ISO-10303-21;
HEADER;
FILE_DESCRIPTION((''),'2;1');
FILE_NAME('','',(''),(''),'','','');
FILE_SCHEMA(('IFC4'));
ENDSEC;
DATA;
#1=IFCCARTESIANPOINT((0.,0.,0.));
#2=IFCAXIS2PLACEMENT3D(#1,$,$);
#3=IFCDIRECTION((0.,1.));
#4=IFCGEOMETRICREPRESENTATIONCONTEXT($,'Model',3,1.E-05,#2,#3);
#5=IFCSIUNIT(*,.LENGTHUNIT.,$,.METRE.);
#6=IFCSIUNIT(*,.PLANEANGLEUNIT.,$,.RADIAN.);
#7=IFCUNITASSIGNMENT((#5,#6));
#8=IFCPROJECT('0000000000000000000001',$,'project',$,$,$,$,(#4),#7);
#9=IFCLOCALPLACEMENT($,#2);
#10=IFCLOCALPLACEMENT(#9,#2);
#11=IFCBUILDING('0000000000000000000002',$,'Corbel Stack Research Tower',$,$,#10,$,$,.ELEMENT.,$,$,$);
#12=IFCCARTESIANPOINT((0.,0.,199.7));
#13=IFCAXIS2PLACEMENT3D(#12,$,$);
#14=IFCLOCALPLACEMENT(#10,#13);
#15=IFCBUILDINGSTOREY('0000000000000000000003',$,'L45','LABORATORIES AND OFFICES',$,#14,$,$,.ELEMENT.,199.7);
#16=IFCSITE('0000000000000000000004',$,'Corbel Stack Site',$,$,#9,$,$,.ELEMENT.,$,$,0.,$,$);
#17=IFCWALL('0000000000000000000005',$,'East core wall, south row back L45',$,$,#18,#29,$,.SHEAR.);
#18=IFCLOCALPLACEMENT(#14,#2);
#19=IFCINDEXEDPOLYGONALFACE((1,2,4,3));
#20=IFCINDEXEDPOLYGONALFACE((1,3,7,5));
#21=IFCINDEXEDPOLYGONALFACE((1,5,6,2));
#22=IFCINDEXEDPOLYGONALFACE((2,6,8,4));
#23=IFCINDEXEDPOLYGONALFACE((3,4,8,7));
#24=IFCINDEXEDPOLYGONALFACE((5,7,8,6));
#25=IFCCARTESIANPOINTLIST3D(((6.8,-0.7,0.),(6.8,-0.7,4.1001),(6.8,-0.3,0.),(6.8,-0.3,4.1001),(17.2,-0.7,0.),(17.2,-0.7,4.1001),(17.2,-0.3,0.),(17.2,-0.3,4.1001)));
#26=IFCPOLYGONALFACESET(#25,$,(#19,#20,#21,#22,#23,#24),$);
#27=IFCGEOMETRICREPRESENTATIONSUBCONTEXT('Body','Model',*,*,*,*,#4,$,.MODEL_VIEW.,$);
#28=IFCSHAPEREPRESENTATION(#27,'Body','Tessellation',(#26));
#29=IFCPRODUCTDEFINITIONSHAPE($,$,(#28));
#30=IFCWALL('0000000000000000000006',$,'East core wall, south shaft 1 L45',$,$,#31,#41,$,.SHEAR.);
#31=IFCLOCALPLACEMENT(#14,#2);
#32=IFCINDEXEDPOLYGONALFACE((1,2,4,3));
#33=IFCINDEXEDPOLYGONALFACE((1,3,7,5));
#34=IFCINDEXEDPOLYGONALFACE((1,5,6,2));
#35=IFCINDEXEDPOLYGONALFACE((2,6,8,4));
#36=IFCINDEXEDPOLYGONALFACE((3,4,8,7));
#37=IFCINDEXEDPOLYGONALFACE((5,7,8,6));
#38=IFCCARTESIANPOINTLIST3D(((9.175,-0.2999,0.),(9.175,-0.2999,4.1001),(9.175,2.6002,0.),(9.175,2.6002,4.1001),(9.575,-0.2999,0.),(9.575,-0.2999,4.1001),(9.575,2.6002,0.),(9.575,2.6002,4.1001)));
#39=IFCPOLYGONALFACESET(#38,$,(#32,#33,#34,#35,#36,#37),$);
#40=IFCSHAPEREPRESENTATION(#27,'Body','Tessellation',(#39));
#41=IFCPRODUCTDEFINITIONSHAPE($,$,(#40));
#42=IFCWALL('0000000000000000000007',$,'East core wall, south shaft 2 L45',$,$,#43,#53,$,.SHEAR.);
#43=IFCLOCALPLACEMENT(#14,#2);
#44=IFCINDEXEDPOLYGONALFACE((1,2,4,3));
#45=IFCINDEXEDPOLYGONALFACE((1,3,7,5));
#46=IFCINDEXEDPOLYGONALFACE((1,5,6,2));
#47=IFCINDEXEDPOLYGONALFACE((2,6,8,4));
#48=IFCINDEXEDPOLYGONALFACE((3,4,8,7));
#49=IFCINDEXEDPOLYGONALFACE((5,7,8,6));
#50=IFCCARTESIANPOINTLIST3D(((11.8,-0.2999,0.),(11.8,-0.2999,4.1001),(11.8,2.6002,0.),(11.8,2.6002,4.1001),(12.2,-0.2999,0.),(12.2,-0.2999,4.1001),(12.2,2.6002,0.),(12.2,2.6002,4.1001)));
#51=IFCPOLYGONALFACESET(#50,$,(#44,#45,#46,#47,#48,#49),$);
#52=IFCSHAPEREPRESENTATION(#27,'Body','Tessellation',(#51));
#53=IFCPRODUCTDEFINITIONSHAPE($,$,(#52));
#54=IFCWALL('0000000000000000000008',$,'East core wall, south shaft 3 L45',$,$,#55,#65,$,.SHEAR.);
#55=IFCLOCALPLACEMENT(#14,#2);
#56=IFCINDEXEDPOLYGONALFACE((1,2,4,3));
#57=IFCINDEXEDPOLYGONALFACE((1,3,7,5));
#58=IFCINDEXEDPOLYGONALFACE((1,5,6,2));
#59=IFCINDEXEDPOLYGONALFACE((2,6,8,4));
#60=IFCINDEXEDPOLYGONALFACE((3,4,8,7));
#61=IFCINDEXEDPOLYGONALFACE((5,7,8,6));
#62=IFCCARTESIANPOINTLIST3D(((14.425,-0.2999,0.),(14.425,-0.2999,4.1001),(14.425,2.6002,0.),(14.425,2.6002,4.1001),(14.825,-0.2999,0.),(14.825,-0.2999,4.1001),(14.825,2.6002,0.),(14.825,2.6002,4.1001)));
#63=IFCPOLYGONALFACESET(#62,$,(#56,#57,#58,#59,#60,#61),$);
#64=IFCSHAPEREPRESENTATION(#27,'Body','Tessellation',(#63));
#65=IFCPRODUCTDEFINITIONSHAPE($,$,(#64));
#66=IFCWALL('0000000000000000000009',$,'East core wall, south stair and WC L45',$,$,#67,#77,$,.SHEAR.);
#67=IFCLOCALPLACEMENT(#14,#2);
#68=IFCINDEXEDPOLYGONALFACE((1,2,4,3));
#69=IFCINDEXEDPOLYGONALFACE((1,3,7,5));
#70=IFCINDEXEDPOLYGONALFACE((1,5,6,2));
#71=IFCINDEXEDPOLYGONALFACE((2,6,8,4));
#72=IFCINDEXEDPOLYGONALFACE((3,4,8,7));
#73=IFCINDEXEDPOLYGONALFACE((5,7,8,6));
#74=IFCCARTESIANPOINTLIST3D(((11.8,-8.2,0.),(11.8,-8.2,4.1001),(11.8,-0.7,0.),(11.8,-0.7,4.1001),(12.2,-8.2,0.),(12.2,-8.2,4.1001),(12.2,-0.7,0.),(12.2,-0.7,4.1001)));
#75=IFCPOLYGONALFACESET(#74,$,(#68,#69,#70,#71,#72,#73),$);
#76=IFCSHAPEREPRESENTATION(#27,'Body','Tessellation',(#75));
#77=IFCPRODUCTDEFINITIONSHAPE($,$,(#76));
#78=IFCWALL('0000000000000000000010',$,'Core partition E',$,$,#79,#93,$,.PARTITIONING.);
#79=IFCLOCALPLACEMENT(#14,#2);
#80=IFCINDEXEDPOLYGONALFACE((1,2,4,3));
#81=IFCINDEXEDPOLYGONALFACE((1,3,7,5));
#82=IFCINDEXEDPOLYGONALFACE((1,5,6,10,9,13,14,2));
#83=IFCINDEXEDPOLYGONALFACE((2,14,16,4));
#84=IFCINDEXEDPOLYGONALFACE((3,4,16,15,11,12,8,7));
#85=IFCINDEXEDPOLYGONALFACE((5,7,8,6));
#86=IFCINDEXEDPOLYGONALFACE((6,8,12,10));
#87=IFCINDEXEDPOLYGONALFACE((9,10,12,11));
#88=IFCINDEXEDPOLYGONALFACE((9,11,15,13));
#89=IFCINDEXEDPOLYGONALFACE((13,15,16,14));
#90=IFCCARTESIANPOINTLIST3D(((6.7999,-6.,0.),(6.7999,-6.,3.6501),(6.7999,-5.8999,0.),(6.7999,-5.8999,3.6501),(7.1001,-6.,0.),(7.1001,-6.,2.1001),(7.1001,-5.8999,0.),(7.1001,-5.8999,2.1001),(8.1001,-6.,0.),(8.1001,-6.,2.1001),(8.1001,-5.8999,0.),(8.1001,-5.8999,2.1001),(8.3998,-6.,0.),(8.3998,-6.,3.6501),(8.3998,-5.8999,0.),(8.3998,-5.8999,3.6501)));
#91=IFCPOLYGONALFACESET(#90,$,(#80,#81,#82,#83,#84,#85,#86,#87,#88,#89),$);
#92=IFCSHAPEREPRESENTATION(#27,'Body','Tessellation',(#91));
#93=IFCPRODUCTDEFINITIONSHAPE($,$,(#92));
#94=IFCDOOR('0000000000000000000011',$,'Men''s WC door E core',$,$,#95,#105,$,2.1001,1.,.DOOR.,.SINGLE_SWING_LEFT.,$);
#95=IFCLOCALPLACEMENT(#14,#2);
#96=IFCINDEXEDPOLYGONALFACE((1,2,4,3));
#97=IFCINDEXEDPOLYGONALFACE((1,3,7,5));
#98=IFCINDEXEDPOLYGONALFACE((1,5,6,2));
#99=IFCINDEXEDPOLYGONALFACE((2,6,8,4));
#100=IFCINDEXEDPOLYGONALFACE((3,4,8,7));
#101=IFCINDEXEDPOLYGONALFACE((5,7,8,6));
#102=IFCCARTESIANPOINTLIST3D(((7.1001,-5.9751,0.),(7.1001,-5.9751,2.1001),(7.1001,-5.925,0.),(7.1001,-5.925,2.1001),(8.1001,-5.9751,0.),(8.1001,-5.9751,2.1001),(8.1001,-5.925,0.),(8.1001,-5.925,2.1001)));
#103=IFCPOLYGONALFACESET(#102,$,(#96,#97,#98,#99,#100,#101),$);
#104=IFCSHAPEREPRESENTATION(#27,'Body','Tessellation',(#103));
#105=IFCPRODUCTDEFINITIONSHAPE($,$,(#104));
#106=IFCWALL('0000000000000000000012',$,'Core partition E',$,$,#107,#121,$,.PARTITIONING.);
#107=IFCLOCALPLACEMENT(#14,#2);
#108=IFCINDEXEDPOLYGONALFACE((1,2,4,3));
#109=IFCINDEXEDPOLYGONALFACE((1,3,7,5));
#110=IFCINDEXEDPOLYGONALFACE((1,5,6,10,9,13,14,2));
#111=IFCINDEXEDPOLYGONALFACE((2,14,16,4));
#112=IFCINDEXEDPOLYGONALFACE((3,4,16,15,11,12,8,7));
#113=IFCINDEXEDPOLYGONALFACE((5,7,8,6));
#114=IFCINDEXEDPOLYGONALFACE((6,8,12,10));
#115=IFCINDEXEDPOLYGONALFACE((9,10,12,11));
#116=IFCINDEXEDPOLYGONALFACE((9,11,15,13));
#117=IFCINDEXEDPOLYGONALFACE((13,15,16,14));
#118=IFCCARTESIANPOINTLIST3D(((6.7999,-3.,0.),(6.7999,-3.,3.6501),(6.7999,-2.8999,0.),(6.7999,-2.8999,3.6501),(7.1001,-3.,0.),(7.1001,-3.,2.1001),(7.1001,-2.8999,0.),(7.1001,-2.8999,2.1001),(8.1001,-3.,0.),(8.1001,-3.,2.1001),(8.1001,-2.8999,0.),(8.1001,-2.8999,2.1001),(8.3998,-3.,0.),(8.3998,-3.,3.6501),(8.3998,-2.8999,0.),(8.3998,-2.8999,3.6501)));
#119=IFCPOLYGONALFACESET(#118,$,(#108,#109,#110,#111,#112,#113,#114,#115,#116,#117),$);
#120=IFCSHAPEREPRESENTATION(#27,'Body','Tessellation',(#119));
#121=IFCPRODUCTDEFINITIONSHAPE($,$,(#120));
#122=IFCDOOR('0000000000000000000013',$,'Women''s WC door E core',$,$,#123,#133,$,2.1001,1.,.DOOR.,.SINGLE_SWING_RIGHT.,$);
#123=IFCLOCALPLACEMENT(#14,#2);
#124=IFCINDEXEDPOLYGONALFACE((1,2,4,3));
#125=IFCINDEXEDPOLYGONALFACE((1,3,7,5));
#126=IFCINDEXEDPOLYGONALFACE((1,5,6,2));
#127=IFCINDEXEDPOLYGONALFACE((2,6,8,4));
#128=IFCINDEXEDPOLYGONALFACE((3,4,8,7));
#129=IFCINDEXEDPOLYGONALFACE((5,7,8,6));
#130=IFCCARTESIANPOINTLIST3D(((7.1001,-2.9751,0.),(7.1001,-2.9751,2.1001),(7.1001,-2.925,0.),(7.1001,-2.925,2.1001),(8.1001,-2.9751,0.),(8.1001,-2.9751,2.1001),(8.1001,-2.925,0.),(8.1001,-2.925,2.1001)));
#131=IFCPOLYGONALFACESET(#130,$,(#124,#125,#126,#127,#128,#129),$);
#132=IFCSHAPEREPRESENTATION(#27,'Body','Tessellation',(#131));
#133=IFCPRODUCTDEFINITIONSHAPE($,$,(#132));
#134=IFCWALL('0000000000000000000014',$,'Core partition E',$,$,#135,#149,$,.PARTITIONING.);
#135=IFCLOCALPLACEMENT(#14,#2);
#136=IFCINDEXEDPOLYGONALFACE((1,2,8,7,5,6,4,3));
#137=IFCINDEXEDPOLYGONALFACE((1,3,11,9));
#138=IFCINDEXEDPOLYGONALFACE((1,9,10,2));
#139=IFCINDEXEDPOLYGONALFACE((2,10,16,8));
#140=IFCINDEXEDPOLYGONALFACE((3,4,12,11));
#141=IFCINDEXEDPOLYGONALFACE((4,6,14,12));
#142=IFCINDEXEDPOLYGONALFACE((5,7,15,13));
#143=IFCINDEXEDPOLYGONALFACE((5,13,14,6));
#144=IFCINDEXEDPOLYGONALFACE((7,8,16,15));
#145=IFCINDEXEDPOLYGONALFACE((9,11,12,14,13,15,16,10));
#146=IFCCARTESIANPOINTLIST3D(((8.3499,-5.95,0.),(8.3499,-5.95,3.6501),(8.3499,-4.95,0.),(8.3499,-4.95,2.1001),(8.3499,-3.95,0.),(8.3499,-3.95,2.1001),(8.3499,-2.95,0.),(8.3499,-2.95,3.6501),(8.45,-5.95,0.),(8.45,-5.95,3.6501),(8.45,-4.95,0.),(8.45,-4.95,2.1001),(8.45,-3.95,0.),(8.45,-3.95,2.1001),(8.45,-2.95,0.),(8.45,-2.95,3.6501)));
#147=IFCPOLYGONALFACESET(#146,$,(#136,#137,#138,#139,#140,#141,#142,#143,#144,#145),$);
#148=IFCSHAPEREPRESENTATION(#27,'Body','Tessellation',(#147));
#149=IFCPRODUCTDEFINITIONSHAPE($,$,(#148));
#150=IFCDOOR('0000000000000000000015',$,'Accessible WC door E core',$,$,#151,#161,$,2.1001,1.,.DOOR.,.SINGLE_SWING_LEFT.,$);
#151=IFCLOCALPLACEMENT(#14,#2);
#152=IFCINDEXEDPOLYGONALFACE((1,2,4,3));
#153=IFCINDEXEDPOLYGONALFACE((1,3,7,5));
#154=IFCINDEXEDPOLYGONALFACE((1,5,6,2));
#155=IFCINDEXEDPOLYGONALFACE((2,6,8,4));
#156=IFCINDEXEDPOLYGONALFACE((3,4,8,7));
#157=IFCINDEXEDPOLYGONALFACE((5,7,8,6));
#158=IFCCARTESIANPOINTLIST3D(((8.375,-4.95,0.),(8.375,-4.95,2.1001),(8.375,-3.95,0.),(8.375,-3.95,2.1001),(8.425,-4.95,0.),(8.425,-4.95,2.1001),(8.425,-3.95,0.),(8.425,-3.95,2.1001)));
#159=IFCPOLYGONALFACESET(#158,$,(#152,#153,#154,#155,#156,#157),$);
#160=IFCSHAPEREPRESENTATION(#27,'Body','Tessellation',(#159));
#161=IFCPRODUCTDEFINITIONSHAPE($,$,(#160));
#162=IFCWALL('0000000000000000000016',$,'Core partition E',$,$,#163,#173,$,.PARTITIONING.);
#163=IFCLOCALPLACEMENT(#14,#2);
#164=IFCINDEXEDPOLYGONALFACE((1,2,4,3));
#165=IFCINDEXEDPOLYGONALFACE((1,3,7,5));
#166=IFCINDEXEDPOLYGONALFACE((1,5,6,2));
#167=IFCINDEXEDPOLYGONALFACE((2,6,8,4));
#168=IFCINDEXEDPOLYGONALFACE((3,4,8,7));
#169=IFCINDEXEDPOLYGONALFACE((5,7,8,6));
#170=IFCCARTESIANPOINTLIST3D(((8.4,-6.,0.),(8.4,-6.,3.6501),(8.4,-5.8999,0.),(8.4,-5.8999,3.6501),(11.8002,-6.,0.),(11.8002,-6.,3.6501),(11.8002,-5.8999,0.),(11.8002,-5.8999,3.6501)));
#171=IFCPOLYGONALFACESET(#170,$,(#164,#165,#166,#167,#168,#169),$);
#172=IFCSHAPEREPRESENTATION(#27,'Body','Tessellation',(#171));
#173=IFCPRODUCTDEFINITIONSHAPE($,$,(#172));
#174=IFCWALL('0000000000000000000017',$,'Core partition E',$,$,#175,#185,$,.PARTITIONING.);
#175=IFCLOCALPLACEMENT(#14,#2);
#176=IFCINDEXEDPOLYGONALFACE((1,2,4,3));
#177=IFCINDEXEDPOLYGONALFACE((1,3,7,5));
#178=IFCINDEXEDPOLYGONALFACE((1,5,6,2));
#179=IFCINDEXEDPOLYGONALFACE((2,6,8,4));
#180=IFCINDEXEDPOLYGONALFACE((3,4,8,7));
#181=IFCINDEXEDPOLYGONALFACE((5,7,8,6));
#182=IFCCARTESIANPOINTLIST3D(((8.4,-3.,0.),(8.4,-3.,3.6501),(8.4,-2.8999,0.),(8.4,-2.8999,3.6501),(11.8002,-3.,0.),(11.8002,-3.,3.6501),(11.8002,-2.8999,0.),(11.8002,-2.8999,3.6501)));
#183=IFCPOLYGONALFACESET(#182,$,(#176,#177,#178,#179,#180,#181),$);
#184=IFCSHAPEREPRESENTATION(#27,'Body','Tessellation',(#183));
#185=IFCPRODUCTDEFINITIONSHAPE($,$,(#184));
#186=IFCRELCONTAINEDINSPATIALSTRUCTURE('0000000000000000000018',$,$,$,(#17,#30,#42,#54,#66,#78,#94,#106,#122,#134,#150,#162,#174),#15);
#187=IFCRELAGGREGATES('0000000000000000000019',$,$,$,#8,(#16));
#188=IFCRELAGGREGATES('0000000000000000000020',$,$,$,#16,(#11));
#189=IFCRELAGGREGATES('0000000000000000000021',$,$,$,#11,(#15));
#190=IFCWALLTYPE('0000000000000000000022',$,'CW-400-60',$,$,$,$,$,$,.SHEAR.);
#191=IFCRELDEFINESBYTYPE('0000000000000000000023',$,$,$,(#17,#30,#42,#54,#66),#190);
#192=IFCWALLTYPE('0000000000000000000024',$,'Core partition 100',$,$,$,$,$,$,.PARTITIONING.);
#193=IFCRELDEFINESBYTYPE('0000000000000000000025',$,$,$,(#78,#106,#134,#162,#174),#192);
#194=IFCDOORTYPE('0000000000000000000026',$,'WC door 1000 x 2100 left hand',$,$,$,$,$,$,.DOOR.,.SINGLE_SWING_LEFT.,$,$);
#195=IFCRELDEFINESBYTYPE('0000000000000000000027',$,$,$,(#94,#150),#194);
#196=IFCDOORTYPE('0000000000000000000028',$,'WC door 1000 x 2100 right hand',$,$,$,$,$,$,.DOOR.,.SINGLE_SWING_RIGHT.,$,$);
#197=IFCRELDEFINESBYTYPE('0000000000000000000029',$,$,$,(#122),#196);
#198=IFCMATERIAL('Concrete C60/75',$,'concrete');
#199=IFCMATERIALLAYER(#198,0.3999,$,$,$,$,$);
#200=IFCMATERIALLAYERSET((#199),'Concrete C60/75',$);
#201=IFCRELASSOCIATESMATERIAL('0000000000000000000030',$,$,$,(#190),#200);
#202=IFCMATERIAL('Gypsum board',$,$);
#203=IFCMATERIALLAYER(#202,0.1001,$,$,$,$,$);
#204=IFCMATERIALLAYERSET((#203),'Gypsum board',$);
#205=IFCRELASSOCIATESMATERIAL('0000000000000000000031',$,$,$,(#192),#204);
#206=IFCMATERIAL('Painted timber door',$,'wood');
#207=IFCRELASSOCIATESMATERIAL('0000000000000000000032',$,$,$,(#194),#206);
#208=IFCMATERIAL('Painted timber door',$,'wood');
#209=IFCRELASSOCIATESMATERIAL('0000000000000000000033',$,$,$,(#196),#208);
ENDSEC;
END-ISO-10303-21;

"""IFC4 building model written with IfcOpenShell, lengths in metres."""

from ifc_helpers import new_model, si_unit, direction, frame, frame_2d, origin, place, context, subcontext, project, spatial, rectangle, extrude, material, layer, layer_set, type_object, element, fill, save


model = new_model("IFC4")

# Units and contexts
model_context = context("Model", 3, precision=1e-05, world=origin(), true_north=direction((0.0, 1.0)))
body_context = subcontext(model_context, "Body", "Model", "MODEL_VIEW")
ifc_project = project(units=[si_unit("LENGTHUNIT", "METRE"), si_unit("PLANEANGLEUNIT", "RADIAN")], contexts=[model_context])

# Site, building, storey
site_placement = place(None, origin())
site = spatial("IfcSite", under=ifc_project, at=site_placement, Name="Corbel Stack Site", CompositionType="ELEMENT", RefElevation=0.0)
building_placement = place(site_placement, origin())
building = spatial("IfcBuilding", under=site, at=building_placement, Name="Corbel Stack Research Tower", CompositionType="ELEMENT")
storey_placement = place(building_placement, frame((0.0, 0.0, 199.7)))
storey = spatial("IfcBuildingStorey", under=building, at=storey_placement, Name="L45", Description="LABORATORIES AND OFFICES", CompositionType="ELEMENT", Elevation=199.7)

# Walls
ifc_material_1 = material(Name="Concrete C60/75", Category="concrete")
ifc_layer_1 = layer(ifc_material_1, 0.3999)
ifc_layer_set_1 = layer_set([ifc_layer_1], Name="Concrete C60/75")
wall_type_1 = type_object("IfcWallType", Name="CW-400-60", PredefinedType="SHEAR", material=ifc_layer_set_1)
wall_1_placement = place(storey_placement, frame((6.8, -0.5, 0.0), z_axis=(0.0, 0.0, 1.0), x_axis=(1.0, 0.0, 0.0)))
element("IfcWall", 1, at=wall_1_placement, inside=storey, type_object=wall_type_1, Name="East core wall, south row back L45", PredefinedType="SHEAR", context=body_context, shape_type="SweptSolid", body=[
    extrude(rectangle(XDim=10.3999, YDim=0.3999, at=frame_2d((5.2, 0.0))), origin(), (0.0, 0.0, 1.0), 4.1001),
])
for number, where, z_axis, x_axis, name in (
    (2, (9.375, -0.3, 0.0), (0.0, 0.0, 1.0), (0.0, 1.0, 0.0), "East core wall, south shaft 1 L45"),
    (3, (12.0, -0.3, 0.0), (0.0, 0.0, 1.0), (0.0, 1.0, 0.0), "East core wall, south shaft 2 L45"),
    (4, (14.625, -0.3, 0.0), (0.0, 0.0, 1.0), (0.0, 1.0, 0.0), "East core wall, south shaft 3 L45"),
):
    element("IfcWall", number, at=place(storey_placement, frame(where, z_axis=z_axis, x_axis=x_axis)), inside=storey, type_object=wall_type_1, Name=name, PredefinedType="SHEAR", context=body_context, shape_type="SweptSolid", body=[
        extrude(rectangle(XDim=2.9001, YDim=0.3999, at=frame_2d((1.4502, 0.0))), origin(), (0.0, 0.0, 1.0), 4.1001),
    ])
wall_2_placement = place(storey_placement, frame((12.0, -8.2, 0.0), z_axis=(0.0, 0.0, 1.0), x_axis=(0.0, 1.0, 0.0)))
element("IfcWall", 5, at=wall_2_placement, inside=storey, type_object=wall_type_1, Name="East core wall, south stair and WC L45", PredefinedType="SHEAR", context=body_context, shape_type="SweptSolid", body=[
    extrude(rectangle(XDim=7.5, YDim=0.3999, at=frame_2d((3.75, 0.0))), origin(), (0.0, 0.0, 1.0), 4.1001),
])

# Walls, openings, doors
ifc_material_2 = material(Name="Gypsum board")
ifc_layer_2 = layer(ifc_material_2, 0.1001)
ifc_layer_set_2 = layer_set([ifc_layer_2], Name="Gypsum board")
wall_type_2 = type_object("IfcWallType", Name="Core partition 100", PredefinedType="PARTITIONING", material=ifc_layer_set_2)
wall_3_placement = place(storey_placement, frame((6.8, -5.95, 0.0), z_axis=(0.0, 0.0, 1.0), x_axis=(1.0, 0.0, 0.0)))
wall_3 = element("IfcWall", 6, at=wall_3_placement, inside=storey, type_object=wall_type_2, Name="Core partition E", PredefinedType="PARTITIONING", context=body_context, shape_type="SweptSolid", body=[
    extrude(rectangle(XDim=1.5999, YDim=0.1001, at=frame_2d((0.7998, 0.0))), origin(), (0.0, 0.0, 1.0), 3.6501),
])
opening_1_placement = place(wall_3_placement, frame((0.3, 0.0, 0.0)))
opening_1 = element("IfcOpeningElement", 7, at=opening_1_placement, cuts=wall_3, PredefinedType="OPENING", context=body_context, shape_type="SweptSolid", body=[
    extrude(rectangle(XDim=1.0, YDim=2.1001, at=frame_2d((0.5, 1.05))), frame((0.0, 0.0601, 0.0), z_axis=(0.0, -1.0, 0.0), x_axis=(1.0, 0.0, 0.0)), (0.0, 0.0, 1.0), 0.1201),
])
ifc_material_3 = material(Name="Painted timber door", Category="wood")
door_type_1 = type_object("IfcDoorType", Name="WC door 1000 x 2100 left hand", OperationType="SINGLE_SWING_LEFT", PredefinedType="DOOR", material=ifc_material_3)
door_1_placement = place(opening_1_placement, origin())
door_1 = element("IfcDoor", 8, at=door_1_placement, inside=storey, type_object=door_type_1, Name="Men's WC door E core", OperationType="SINGLE_SWING_LEFT", OverallHeight=2.1001, OverallWidth=1.0, PredefinedType="DOOR", context=body_context, shape_type="SweptSolid", body=[
    extrude(rectangle(XDim=1.0, YDim=2.1001, at=frame_2d((0.5, 1.05))), frame((0.0, 0.0249, 0.0), z_axis=(0.0, -1.0, 0.0), x_axis=(1.0, 0.0, 0.0)), (0.0, 0.0, 1.0), 0.05),
])
fill(opening_1, door_1)
wall_4_placement = place(storey_placement, frame((6.8, -2.95, 0.0), z_axis=(0.0, 0.0, 1.0), x_axis=(1.0, 0.0, 0.0)))
wall_4 = element("IfcWall", 9, at=wall_4_placement, inside=storey, type_object=wall_type_2, Name="Core partition E", PredefinedType="PARTITIONING", context=body_context, shape_type="SweptSolid", body=[
    extrude(rectangle(XDim=1.5999, YDim=0.1001, at=frame_2d((0.7998, 0.0))), origin(), (0.0, 0.0, 1.0), 3.6501),
])
opening_2_placement = place(wall_4_placement, frame((0.3, 0.0, 0.0)))
opening_2 = element("IfcOpeningElement", 10, at=opening_2_placement, cuts=wall_4, PredefinedType="OPENING", context=body_context, shape_type="SweptSolid", body=[
    extrude(rectangle(XDim=1.0, YDim=2.1001, at=frame_2d((0.5, 1.05))), frame((0.0, 0.0601, 0.0), z_axis=(0.0, -1.0, 0.0), x_axis=(1.0, 0.0, 0.0)), (0.0, 0.0, 1.0), 0.1201),
])
ifc_material_4 = material(Name="Painted timber door", Category="wood")
door_type_2 = type_object("IfcDoorType", Name="WC door 1000 x 2100 right hand", OperationType="SINGLE_SWING_RIGHT", PredefinedType="DOOR", material=ifc_material_4)
door_2_placement = place(opening_2_placement, origin())
door_2 = element("IfcDoor", 11, at=door_2_placement, inside=storey, type_object=door_type_2, Name="Women's WC door E core", OperationType="SINGLE_SWING_RIGHT", OverallHeight=2.1001, OverallWidth=1.0, PredefinedType="DOOR", context=body_context, shape_type="SweptSolid", body=[
    extrude(rectangle(XDim=1.0, YDim=2.1001, at=frame_2d((0.5, 1.05))), frame((0.0, 0.0249, 0.0), z_axis=(0.0, -1.0, 0.0), x_axis=(1.0, 0.0, 0.0)), (0.0, 0.0, 1.0), 0.05),
])
fill(opening_2, door_2)
wall_5_placement = place(storey_placement, frame((8.3999, -5.95, 0.0), z_axis=(0.0, 0.0, 1.0), x_axis=(0.0, 1.0, 0.0)))
wall_5 = element("IfcWall", 12, at=wall_5_placement, inside=storey, type_object=wall_type_2, Name="Core partition E", PredefinedType="PARTITIONING", context=body_context, shape_type="SweptSolid", body=[
    extrude(rectangle(XDim=3.0, YDim=0.1001, at=frame_2d((1.5, 0.0))), origin(), (0.0, 0.0, 1.0), 3.6501),
])
opening_3_placement = place(wall_5_placement, frame((1.0, 0.0, 0.0)))
opening_3 = element("IfcOpeningElement", 13, at=opening_3_placement, cuts=wall_5, PredefinedType="OPENING", context=body_context, shape_type="SweptSolid", body=[
    extrude(rectangle(XDim=1.0, YDim=2.1001, at=frame_2d((0.5, 1.05))), frame((0.0, 0.0601, 0.0), z_axis=(0.0, -1.0, 0.0), x_axis=(1.0, 0.0, 0.0)), (0.0, 0.0, 1.0), 0.1201),
])
door_3_placement = place(opening_3_placement, origin())
door_3 = element("IfcDoor", 14, at=door_3_placement, inside=storey, type_object=door_type_1, Name="Accessible WC door E core", OperationType="SINGLE_SWING_LEFT", OverallHeight=2.1001, OverallWidth=1.0, PredefinedType="DOOR", context=body_context, shape_type="SweptSolid", body=[
    extrude(rectangle(XDim=1.0, YDim=2.1001, at=frame_2d((0.5, 1.05))), frame((0.0, 0.0249, 0.0), z_axis=(0.0, -1.0, 0.0), x_axis=(1.0, 0.0, 0.0)), (0.0, 0.0, 1.0), 0.05),
])
fill(opening_3, door_3)

# Walls
for number, where, z_axis, x_axis, name in (
    (15, (8.3999, -5.95, 0.0), (0.0, 0.0, 1.0), (1.0, 0.0, 0.0), "Core partition E"),
    (16, (8.3999, -2.95, 0.0), (0.0, 0.0, 1.0), (1.0, 0.0, 0.0), "Core partition E"),
):
    element("IfcWall", number, at=place(storey_placement, frame(where, z_axis=z_axis, x_axis=x_axis)), inside=storey, type_object=wall_type_2, Name=name, PredefinedType="PARTITIONING", context=body_context, shape_type="SweptSolid", body=[
        extrude(rectangle(XDim=3.4001, YDim=0.1001, at=frame_2d((1.7002, 0.0))), origin(), (0.0, 0.0, 1.0), 3.6501),
    ])

save(model, "model.ifc")
